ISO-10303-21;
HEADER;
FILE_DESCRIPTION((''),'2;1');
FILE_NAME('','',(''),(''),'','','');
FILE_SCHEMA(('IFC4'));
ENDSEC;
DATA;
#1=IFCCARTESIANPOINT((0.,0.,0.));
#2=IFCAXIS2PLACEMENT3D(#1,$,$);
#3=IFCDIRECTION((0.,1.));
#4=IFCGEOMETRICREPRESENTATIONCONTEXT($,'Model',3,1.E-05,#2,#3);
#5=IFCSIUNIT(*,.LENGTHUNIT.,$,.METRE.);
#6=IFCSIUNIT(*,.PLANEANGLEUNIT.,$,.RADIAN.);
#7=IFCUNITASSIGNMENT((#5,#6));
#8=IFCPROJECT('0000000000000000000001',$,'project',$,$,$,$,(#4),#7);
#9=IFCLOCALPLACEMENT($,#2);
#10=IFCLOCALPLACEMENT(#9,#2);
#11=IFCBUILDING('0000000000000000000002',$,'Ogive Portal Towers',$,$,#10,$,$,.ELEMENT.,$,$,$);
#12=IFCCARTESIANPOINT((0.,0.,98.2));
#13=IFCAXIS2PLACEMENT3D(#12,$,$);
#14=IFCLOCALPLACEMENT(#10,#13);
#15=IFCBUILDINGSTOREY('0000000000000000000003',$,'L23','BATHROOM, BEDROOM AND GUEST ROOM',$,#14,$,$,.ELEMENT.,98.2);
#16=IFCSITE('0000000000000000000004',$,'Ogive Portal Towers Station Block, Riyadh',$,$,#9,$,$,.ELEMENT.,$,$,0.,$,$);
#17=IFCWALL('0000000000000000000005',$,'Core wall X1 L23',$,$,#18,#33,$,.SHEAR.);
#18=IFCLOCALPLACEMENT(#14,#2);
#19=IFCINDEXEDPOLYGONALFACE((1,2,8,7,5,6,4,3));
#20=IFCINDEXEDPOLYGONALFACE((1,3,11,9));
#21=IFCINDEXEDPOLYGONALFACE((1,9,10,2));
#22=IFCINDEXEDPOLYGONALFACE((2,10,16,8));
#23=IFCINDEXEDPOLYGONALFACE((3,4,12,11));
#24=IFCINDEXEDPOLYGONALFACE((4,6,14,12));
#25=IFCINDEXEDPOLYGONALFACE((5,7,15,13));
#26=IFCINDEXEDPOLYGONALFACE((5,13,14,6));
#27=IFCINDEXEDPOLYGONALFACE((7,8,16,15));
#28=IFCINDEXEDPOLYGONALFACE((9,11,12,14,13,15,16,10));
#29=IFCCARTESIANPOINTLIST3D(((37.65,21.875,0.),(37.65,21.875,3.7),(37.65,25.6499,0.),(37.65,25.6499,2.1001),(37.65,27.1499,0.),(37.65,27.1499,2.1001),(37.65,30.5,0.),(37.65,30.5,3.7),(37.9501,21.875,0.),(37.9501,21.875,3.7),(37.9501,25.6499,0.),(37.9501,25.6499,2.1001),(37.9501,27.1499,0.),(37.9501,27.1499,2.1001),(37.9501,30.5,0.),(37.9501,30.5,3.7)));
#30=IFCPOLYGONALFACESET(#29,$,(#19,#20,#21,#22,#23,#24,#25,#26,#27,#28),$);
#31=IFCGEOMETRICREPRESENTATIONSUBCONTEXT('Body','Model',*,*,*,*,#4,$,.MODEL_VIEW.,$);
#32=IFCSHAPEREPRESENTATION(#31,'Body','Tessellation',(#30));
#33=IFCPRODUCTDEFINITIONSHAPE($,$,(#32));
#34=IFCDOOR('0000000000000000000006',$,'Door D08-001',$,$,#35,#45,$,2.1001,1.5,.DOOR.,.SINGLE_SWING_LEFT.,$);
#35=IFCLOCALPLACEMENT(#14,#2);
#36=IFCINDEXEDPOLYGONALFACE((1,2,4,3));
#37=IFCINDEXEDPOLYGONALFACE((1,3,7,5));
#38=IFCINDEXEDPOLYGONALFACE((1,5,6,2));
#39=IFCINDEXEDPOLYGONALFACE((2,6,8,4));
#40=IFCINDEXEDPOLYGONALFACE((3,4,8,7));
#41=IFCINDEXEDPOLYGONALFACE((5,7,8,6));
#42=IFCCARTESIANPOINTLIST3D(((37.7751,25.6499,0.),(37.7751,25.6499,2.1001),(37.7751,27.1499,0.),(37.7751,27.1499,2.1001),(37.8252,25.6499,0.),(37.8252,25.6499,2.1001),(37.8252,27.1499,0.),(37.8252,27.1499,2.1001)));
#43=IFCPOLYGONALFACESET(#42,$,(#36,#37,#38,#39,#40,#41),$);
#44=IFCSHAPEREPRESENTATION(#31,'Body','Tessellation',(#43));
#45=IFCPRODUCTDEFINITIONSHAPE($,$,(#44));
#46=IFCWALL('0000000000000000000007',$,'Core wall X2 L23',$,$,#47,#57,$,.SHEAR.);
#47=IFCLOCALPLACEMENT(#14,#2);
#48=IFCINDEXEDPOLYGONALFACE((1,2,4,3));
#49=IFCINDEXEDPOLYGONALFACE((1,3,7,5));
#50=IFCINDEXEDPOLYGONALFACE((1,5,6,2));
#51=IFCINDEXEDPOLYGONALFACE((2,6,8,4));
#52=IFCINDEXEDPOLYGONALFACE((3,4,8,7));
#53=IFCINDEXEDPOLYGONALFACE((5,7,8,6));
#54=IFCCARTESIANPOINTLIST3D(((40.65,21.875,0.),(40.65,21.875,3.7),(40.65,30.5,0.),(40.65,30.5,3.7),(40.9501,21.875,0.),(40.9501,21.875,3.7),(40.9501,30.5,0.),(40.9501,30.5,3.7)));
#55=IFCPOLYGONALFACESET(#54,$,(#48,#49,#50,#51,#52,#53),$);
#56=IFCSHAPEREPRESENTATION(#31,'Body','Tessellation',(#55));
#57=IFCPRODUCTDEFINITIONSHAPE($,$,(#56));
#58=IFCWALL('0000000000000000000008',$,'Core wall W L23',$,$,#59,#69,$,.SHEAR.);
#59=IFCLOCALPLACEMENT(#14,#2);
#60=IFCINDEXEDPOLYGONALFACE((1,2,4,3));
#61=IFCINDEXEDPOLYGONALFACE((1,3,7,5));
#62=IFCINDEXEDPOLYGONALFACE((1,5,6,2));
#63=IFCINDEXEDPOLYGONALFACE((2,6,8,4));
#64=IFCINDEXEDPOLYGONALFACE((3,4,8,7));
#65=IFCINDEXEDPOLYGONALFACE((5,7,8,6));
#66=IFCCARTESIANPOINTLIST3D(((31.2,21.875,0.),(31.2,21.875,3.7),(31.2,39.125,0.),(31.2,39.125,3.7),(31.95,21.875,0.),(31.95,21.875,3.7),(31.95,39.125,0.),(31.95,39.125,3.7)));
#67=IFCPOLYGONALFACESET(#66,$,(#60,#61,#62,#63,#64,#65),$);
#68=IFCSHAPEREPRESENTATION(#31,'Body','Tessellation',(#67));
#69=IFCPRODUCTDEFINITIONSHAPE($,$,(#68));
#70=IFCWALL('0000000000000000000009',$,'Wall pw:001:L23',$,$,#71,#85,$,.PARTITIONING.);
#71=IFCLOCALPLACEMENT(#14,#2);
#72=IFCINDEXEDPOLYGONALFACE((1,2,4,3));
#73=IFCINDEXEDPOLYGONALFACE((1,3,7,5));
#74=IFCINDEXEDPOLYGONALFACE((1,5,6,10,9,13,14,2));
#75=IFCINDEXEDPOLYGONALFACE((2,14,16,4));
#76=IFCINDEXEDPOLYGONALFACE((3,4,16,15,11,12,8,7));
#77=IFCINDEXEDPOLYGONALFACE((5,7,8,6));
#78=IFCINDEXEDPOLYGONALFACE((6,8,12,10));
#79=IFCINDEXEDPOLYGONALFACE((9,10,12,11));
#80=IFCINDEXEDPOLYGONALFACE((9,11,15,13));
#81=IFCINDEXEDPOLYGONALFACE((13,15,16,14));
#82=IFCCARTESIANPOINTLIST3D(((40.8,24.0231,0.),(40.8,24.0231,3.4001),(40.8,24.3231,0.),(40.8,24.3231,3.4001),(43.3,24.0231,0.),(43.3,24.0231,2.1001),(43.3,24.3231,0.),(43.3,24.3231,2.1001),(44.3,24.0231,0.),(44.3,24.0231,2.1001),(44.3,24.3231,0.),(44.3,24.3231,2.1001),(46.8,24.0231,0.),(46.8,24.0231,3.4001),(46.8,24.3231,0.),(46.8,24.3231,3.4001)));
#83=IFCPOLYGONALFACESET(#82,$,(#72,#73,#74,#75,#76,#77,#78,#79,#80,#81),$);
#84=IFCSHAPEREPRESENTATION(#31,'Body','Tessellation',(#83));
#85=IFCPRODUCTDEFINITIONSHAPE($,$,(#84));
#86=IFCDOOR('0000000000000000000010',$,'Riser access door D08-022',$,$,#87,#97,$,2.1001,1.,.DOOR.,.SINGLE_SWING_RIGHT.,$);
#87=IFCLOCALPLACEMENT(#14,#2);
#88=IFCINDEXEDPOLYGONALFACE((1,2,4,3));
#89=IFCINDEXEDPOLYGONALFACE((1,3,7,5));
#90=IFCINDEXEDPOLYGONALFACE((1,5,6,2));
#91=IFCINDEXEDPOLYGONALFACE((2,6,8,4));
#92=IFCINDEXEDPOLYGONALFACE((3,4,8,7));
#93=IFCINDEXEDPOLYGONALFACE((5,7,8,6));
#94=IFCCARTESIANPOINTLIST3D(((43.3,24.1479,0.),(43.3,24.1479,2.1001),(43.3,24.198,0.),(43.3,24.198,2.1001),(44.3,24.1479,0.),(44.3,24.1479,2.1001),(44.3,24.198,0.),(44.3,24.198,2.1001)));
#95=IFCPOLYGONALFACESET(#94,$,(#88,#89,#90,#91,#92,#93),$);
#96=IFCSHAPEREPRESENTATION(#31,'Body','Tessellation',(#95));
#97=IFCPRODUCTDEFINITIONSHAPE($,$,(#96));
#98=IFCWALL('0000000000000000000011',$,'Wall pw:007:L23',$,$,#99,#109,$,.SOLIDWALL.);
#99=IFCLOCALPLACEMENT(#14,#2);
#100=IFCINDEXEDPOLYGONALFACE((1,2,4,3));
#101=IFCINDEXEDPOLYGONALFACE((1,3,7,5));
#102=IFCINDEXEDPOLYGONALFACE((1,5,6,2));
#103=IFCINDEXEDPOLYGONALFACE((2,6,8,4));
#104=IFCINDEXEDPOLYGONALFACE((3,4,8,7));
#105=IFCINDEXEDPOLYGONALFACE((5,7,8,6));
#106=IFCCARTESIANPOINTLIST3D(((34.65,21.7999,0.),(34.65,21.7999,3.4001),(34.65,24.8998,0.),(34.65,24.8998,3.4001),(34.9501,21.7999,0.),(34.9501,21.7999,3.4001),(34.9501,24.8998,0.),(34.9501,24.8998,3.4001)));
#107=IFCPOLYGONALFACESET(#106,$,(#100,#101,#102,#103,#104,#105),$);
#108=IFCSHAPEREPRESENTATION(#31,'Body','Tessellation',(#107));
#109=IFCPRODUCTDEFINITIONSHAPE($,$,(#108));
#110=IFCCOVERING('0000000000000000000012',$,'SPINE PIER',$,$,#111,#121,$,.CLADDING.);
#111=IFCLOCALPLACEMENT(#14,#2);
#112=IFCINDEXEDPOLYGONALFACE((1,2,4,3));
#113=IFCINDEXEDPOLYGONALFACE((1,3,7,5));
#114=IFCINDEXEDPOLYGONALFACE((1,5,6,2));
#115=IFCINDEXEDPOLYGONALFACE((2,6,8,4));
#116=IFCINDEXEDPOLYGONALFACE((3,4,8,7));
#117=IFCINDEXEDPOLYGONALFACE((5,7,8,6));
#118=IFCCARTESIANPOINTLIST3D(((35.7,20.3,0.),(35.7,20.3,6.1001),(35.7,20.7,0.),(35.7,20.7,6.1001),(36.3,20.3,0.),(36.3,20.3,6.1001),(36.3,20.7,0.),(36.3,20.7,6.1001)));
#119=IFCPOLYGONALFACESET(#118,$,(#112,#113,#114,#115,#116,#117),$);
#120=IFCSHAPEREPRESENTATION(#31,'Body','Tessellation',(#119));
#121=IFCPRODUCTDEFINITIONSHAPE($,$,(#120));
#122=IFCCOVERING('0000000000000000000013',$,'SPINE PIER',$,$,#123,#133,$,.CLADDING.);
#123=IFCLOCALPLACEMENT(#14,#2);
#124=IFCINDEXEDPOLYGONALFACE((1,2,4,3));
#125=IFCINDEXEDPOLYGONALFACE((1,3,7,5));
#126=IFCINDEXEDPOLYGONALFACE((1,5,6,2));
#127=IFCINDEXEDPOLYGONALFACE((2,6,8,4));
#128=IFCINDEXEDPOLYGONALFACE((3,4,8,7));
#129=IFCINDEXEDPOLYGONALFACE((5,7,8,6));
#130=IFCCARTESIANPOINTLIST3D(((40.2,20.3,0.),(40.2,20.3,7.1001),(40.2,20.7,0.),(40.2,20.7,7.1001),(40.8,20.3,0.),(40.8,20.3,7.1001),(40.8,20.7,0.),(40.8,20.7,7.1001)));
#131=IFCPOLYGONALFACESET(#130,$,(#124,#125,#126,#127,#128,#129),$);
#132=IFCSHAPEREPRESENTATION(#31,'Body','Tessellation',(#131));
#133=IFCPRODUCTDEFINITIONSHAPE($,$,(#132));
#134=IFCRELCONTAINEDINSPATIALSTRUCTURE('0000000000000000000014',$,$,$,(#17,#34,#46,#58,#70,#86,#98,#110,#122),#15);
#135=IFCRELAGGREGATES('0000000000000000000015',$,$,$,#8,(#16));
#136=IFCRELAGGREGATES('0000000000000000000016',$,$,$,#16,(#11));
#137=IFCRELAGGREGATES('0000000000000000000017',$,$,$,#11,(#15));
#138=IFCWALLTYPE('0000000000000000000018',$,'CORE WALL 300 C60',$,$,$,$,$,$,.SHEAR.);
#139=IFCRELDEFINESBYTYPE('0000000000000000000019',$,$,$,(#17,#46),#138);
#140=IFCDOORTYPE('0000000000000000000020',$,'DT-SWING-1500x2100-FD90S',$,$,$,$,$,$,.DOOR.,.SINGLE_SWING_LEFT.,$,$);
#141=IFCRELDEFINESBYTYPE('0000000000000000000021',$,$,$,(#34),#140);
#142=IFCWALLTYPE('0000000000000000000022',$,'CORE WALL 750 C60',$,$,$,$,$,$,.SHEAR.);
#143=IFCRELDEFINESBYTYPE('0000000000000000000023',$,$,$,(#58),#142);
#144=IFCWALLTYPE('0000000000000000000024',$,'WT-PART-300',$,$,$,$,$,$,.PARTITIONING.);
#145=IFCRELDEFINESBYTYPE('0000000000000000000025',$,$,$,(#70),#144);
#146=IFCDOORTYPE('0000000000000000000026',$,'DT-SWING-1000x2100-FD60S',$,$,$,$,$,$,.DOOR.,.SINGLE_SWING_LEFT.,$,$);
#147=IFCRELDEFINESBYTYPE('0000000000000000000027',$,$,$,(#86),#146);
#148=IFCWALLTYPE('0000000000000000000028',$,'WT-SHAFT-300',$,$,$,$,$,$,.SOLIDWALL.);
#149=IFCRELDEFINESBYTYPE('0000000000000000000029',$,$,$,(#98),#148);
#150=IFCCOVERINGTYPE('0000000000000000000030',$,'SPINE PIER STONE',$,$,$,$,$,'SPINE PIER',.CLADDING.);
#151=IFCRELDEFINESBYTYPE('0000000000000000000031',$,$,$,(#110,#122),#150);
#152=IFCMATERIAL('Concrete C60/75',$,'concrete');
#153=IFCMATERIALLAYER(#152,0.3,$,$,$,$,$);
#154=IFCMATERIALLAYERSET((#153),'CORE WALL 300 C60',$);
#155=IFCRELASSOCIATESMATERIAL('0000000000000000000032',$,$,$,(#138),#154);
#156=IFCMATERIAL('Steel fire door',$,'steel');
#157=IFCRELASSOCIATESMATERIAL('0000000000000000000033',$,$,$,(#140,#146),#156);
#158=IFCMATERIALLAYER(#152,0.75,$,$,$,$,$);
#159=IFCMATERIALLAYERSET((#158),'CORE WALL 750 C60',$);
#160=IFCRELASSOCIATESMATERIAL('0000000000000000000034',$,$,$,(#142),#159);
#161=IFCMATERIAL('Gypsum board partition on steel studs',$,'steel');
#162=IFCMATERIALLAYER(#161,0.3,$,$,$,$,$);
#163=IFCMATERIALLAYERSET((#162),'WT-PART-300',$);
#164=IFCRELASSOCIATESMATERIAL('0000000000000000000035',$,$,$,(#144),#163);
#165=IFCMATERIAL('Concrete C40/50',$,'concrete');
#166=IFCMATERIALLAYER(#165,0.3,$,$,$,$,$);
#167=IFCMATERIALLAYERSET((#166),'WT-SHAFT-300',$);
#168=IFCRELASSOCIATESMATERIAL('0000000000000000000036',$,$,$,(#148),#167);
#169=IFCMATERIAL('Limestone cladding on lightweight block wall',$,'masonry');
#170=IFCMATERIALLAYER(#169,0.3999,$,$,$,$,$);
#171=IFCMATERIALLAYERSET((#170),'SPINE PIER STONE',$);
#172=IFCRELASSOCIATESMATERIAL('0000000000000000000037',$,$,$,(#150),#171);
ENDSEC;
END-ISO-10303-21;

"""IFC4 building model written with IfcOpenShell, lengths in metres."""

from ifc_helpers import new_model, si_unit, direction, frame, frame_2d, origin, origin_2d, place, context, subcontext, project, spatial, rectangle, extrude, material, layer, layer_set, type_object, element, fill, save


model = new_model("IFC4")

# Units and contexts
model_context = context("Model", 3, precision=1e-05, world=origin(), true_north=direction((0.0, 1.0)))
body_context = subcontext(model_context, "Body", "Model", "MODEL_VIEW")
ifc_project = project(units=[si_unit("LENGTHUNIT", "METRE"), si_unit("PLANEANGLEUNIT", "RADIAN")], contexts=[model_context])

# Site, building, storey
site_placement = place(None, origin())
site = spatial("IfcSite", under=ifc_project, at=site_placement, Name="Ogive Portal Towers Station Block, Riyadh", CompositionType="ELEMENT", RefElevation=0.0)
building_placement = place(site_placement, origin())
building = spatial("IfcBuilding", under=site, at=building_placement, Name="Ogive Portal Towers", CompositionType="ELEMENT")
storey_placement = place(building_placement, frame((0.0, 0.0, 98.2)))
storey = spatial("IfcBuildingStorey", under=building, at=storey_placement, Name="L23", Description="BATHROOM, BEDROOM AND GUEST ROOM", CompositionType="ELEMENT", Elevation=98.2)

# Wall, opening, door
ifc_material_1 = material(Name="Concrete C60/75", Category="concrete")
ifc_layer_1 = layer(ifc_material_1, 0.3)
ifc_layer_set_1 = layer_set([ifc_layer_1], Name="CORE WALL 300 C60")
wall_type_1 = type_object("IfcWallType", Name="CORE WALL 300 C60", PredefinedType="SHEAR", material=ifc_layer_set_1)
wall_1_placement = place(storey_placement, frame((37.8, 21.875, 0.0), z_axis=(0.0, 0.0, 1.0), x_axis=(0.0, 1.0, 0.0)))
wall_1 = element("IfcWall", 1, at=wall_1_placement, inside=storey, type_object=wall_type_1, Name="Core wall X1 L23", PredefinedType="SHEAR", context=body_context, shape_type="SweptSolid", body=[
    extrude(rectangle(XDim=8.625, YDim=0.3, at=frame_2d((4.3125, 0.0))), origin(), (0.0, 0.0, 1.0), 3.7),
])
opening_1_placement = place(wall_1_placement, frame((3.7749, 0.0, 0.0)))
opening_1 = element("IfcOpeningElement", 2, at=opening_1_placement, cuts=wall_1, PredefinedType="OPENING", context=body_context, shape_type="SweptSolid", body=[
    extrude(rectangle(XDim=1.5, YDim=2.1001, at=frame_2d((0.75, 1.05))), frame((0.0, 0.1602, 0.0), z_axis=(0.0, -1.0, 0.0), x_axis=(1.0, 0.0, 0.0)), (0.0, 0.0, 1.0), 0.3201),
])
ifc_material_2 = material(Name="Steel fire door", Category="steel")
door_type_1 = type_object("IfcDoorType", Name="DT-SWING-1500x2100-FD90S", OperationType="SINGLE_SWING_LEFT", PredefinedType="DOOR", material=ifc_material_2)
door_1_placement = place(opening_1_placement, origin())
door_1 = element("IfcDoor", 3, at=door_1_placement, inside=storey, type_object=door_type_1, Name="Door D08-001", OperationType="SINGLE_SWING_LEFT", OverallHeight=2.1001, OverallWidth=1.5, PredefinedType="DOOR", context=body_context, shape_type="SweptSolid", body=[
    extrude(rectangle(XDim=1.5, YDim=2.1001, at=frame_2d((0.75, 1.05))), frame((0.0, 0.0249, 0.0), z_axis=(0.0, -1.0, 0.0), x_axis=(1.0, 0.0, 0.0)), (0.0, 0.0, 1.0), 0.05),
])
fill(opening_1, door_1)

# Walls
wall_2_placement = place(storey_placement, frame((40.8, 21.875, 0.0), z_axis=(0.0, 0.0, 1.0), x_axis=(0.0, 1.0, 0.0)))
element("IfcWall", 4, at=wall_2_placement, inside=storey, type_object=wall_type_1, Name="Core wall X2 L23", PredefinedType="SHEAR", context=body_context, shape_type="SweptSolid", body=[
    extrude(rectangle(XDim=8.625, YDim=0.3, at=frame_2d((4.3125, 0.0))), origin(), (0.0, 0.0, 1.0), 3.7),
])
ifc_layer_2 = layer(ifc_material_1, 0.75)
ifc_layer_set_2 = layer_set([ifc_layer_2], Name="CORE WALL 750 C60")
wall_type_2 = type_object("IfcWallType", Name="CORE WALL 750 C60", PredefinedType="SHEAR", material=ifc_layer_set_2)
wall_3_placement = place(storey_placement, frame((31.575, 21.875, 0.0), z_axis=(0.0, 0.0, 1.0), x_axis=(0.0, 1.0, 0.0)))
element("IfcWall", 5, at=wall_3_placement, inside=storey, type_object=wall_type_2, Name="Core wall W L23", PredefinedType="SHEAR", context=body_context, shape_type="SweptSolid", body=[
    extrude(rectangle(XDim=17.25, YDim=0.75, at=frame_2d((8.625, 0.0))), origin(), (0.0, 0.0, 1.0), 3.7),
])

# Wall, opening, door
ifc_material_3 = material(Name="Gypsum board partition on steel studs", Category="steel")
ifc_layer_3 = layer(ifc_material_3, 0.3)
ifc_layer_set_3 = layer_set([ifc_layer_3], Name="WT-PART-300")
wall_type_3 = type_object("IfcWallType", Name="WT-PART-300", PredefinedType="PARTITIONING", material=ifc_layer_set_3)
wall_4_placement = place(storey_placement, frame((40.8, 24.1731, 0.0), z_axis=(0.0, 0.0, 1.0), x_axis=(1.0, 0.0, 0.0)))
wall_4 = element("IfcWall", 6, at=wall_4_placement, inside=storey, type_object=wall_type_3, Name="Wall pw:001:L23", PredefinedType="PARTITIONING", context=body_context, shape_type="SweptSolid", body=[
    extrude(rectangle(XDim=6.0, YDim=0.3, at=frame_2d((3.0, 0.0))), origin(), (0.0, 0.0, 1.0), 3.4001),
])
opening_2_placement = place(wall_4_placement, frame((2.5, 0.0, 0.0)))
opening_2 = element("IfcOpeningElement", 7, at=opening_2_placement, cuts=wall_4, PredefinedType="OPENING", context=body_context, shape_type="SweptSolid", body=[
    extrude(rectangle(XDim=1.0, YDim=2.1001, at=frame_2d((0.5, 1.05))), frame((0.0, 0.1602, 0.0), z_axis=(0.0, -1.0, 0.0), x_axis=(1.0, 0.0, 0.0)), (0.0, 0.0, 1.0), 0.3201),
])
door_type_2 = type_object("IfcDoorType", Name="DT-SWING-1000x2100-FD60S", OperationType="SINGLE_SWING_LEFT", PredefinedType="DOOR", material=ifc_material_2)
door_2_placement = place(opening_2_placement, origin())
door_2 = element("IfcDoor", 8, at=door_2_placement, inside=storey, type_object=door_type_2, Name="Riser access door D08-022", OperationType="SINGLE_SWING_RIGHT", OverallHeight=2.1001, OverallWidth=1.0, PredefinedType="DOOR", context=body_context, shape_type="SweptSolid", body=[
    extrude(rectangle(XDim=1.0, YDim=2.1001, at=frame_2d((0.5, 1.05))), frame((0.0, 0.0249, 0.0), z_axis=(0.0, -1.0, 0.0), x_axis=(1.0, 0.0, 0.0)), (0.0, 0.0, 1.0), 0.05),
])
fill(opening_2, door_2)

# Wall
ifc_material_4 = material(Name="Concrete C40/50", Category="concrete")
ifc_layer_4 = layer(ifc_material_4, 0.3)
ifc_layer_set_4 = layer_set([ifc_layer_4], Name="WT-SHAFT-300")
wall_type_4 = type_object("IfcWallType", Name="WT-SHAFT-300", PredefinedType="SOLIDWALL", material=ifc_layer_set_4)
wall_5_placement = place(storey_placement, frame((34.8, 21.8, 0.0), z_axis=(0.0, 0.0, 1.0), x_axis=(0.0, 1.0, 0.0)))
element("IfcWall", 9, at=wall_5_placement, inside=storey, type_object=wall_type_4, Name="Wall pw:007:L23", PredefinedType="SOLIDWALL", context=body_context, shape_type="SweptSolid", body=[
    extrude(rectangle(XDim=3.0999, YDim=0.3, at=frame_2d((1.5498, 0.0))), origin(), (0.0, 0.0, 1.0), 3.4001),
])

# Coverings
ifc_material_5 = material(Name="Limestone cladding on lightweight block wall", Category="masonry")
ifc_layer_5 = layer(ifc_material_5, 0.3999)
ifc_layer_set_5 = layer_set([ifc_layer_5], Name="SPINE PIER STONE")
covering_type = type_object("IfcCoveringType", Name="SPINE PIER STONE", ElementType="SPINE PIER", PredefinedType="CLADDING", material=ifc_layer_set_5)
covering_1_placement = place(storey_placement, frame((36.0, 20.5, 0.0), z_axis=(0.0, 0.0, 1.0), x_axis=(1.0, 0.0, 0.0)))
element("IfcCovering", 10, at=covering_1_placement, inside=storey, type_object=covering_type, Name="SPINE PIER", PredefinedType="CLADDING", context=body_context, shape_type="SweptSolid", body=[
    extrude(rectangle(XDim=0.6001, YDim=0.3999, at=origin_2d()), origin(), (0.0, 0.0, 1.0), 6.1001),
])
covering_2_placement = place(storey_placement, frame((40.5, 20.5, 0.0), z_axis=(0.0, 0.0, 1.0), x_axis=(1.0, 0.0, 0.0)))
element("IfcCovering", 11, at=covering_2_placement, inside=storey, type_object=covering_type, Name="SPINE PIER", PredefinedType="CLADDING", context=body_context, shape_type="SweptSolid", body=[
    extrude(rectangle(XDim=0.6001, YDim=0.3999, at=origin_2d()), origin(), (0.0, 0.0, 1.0), 7.1001),
])

save(model, "model.ifc")
